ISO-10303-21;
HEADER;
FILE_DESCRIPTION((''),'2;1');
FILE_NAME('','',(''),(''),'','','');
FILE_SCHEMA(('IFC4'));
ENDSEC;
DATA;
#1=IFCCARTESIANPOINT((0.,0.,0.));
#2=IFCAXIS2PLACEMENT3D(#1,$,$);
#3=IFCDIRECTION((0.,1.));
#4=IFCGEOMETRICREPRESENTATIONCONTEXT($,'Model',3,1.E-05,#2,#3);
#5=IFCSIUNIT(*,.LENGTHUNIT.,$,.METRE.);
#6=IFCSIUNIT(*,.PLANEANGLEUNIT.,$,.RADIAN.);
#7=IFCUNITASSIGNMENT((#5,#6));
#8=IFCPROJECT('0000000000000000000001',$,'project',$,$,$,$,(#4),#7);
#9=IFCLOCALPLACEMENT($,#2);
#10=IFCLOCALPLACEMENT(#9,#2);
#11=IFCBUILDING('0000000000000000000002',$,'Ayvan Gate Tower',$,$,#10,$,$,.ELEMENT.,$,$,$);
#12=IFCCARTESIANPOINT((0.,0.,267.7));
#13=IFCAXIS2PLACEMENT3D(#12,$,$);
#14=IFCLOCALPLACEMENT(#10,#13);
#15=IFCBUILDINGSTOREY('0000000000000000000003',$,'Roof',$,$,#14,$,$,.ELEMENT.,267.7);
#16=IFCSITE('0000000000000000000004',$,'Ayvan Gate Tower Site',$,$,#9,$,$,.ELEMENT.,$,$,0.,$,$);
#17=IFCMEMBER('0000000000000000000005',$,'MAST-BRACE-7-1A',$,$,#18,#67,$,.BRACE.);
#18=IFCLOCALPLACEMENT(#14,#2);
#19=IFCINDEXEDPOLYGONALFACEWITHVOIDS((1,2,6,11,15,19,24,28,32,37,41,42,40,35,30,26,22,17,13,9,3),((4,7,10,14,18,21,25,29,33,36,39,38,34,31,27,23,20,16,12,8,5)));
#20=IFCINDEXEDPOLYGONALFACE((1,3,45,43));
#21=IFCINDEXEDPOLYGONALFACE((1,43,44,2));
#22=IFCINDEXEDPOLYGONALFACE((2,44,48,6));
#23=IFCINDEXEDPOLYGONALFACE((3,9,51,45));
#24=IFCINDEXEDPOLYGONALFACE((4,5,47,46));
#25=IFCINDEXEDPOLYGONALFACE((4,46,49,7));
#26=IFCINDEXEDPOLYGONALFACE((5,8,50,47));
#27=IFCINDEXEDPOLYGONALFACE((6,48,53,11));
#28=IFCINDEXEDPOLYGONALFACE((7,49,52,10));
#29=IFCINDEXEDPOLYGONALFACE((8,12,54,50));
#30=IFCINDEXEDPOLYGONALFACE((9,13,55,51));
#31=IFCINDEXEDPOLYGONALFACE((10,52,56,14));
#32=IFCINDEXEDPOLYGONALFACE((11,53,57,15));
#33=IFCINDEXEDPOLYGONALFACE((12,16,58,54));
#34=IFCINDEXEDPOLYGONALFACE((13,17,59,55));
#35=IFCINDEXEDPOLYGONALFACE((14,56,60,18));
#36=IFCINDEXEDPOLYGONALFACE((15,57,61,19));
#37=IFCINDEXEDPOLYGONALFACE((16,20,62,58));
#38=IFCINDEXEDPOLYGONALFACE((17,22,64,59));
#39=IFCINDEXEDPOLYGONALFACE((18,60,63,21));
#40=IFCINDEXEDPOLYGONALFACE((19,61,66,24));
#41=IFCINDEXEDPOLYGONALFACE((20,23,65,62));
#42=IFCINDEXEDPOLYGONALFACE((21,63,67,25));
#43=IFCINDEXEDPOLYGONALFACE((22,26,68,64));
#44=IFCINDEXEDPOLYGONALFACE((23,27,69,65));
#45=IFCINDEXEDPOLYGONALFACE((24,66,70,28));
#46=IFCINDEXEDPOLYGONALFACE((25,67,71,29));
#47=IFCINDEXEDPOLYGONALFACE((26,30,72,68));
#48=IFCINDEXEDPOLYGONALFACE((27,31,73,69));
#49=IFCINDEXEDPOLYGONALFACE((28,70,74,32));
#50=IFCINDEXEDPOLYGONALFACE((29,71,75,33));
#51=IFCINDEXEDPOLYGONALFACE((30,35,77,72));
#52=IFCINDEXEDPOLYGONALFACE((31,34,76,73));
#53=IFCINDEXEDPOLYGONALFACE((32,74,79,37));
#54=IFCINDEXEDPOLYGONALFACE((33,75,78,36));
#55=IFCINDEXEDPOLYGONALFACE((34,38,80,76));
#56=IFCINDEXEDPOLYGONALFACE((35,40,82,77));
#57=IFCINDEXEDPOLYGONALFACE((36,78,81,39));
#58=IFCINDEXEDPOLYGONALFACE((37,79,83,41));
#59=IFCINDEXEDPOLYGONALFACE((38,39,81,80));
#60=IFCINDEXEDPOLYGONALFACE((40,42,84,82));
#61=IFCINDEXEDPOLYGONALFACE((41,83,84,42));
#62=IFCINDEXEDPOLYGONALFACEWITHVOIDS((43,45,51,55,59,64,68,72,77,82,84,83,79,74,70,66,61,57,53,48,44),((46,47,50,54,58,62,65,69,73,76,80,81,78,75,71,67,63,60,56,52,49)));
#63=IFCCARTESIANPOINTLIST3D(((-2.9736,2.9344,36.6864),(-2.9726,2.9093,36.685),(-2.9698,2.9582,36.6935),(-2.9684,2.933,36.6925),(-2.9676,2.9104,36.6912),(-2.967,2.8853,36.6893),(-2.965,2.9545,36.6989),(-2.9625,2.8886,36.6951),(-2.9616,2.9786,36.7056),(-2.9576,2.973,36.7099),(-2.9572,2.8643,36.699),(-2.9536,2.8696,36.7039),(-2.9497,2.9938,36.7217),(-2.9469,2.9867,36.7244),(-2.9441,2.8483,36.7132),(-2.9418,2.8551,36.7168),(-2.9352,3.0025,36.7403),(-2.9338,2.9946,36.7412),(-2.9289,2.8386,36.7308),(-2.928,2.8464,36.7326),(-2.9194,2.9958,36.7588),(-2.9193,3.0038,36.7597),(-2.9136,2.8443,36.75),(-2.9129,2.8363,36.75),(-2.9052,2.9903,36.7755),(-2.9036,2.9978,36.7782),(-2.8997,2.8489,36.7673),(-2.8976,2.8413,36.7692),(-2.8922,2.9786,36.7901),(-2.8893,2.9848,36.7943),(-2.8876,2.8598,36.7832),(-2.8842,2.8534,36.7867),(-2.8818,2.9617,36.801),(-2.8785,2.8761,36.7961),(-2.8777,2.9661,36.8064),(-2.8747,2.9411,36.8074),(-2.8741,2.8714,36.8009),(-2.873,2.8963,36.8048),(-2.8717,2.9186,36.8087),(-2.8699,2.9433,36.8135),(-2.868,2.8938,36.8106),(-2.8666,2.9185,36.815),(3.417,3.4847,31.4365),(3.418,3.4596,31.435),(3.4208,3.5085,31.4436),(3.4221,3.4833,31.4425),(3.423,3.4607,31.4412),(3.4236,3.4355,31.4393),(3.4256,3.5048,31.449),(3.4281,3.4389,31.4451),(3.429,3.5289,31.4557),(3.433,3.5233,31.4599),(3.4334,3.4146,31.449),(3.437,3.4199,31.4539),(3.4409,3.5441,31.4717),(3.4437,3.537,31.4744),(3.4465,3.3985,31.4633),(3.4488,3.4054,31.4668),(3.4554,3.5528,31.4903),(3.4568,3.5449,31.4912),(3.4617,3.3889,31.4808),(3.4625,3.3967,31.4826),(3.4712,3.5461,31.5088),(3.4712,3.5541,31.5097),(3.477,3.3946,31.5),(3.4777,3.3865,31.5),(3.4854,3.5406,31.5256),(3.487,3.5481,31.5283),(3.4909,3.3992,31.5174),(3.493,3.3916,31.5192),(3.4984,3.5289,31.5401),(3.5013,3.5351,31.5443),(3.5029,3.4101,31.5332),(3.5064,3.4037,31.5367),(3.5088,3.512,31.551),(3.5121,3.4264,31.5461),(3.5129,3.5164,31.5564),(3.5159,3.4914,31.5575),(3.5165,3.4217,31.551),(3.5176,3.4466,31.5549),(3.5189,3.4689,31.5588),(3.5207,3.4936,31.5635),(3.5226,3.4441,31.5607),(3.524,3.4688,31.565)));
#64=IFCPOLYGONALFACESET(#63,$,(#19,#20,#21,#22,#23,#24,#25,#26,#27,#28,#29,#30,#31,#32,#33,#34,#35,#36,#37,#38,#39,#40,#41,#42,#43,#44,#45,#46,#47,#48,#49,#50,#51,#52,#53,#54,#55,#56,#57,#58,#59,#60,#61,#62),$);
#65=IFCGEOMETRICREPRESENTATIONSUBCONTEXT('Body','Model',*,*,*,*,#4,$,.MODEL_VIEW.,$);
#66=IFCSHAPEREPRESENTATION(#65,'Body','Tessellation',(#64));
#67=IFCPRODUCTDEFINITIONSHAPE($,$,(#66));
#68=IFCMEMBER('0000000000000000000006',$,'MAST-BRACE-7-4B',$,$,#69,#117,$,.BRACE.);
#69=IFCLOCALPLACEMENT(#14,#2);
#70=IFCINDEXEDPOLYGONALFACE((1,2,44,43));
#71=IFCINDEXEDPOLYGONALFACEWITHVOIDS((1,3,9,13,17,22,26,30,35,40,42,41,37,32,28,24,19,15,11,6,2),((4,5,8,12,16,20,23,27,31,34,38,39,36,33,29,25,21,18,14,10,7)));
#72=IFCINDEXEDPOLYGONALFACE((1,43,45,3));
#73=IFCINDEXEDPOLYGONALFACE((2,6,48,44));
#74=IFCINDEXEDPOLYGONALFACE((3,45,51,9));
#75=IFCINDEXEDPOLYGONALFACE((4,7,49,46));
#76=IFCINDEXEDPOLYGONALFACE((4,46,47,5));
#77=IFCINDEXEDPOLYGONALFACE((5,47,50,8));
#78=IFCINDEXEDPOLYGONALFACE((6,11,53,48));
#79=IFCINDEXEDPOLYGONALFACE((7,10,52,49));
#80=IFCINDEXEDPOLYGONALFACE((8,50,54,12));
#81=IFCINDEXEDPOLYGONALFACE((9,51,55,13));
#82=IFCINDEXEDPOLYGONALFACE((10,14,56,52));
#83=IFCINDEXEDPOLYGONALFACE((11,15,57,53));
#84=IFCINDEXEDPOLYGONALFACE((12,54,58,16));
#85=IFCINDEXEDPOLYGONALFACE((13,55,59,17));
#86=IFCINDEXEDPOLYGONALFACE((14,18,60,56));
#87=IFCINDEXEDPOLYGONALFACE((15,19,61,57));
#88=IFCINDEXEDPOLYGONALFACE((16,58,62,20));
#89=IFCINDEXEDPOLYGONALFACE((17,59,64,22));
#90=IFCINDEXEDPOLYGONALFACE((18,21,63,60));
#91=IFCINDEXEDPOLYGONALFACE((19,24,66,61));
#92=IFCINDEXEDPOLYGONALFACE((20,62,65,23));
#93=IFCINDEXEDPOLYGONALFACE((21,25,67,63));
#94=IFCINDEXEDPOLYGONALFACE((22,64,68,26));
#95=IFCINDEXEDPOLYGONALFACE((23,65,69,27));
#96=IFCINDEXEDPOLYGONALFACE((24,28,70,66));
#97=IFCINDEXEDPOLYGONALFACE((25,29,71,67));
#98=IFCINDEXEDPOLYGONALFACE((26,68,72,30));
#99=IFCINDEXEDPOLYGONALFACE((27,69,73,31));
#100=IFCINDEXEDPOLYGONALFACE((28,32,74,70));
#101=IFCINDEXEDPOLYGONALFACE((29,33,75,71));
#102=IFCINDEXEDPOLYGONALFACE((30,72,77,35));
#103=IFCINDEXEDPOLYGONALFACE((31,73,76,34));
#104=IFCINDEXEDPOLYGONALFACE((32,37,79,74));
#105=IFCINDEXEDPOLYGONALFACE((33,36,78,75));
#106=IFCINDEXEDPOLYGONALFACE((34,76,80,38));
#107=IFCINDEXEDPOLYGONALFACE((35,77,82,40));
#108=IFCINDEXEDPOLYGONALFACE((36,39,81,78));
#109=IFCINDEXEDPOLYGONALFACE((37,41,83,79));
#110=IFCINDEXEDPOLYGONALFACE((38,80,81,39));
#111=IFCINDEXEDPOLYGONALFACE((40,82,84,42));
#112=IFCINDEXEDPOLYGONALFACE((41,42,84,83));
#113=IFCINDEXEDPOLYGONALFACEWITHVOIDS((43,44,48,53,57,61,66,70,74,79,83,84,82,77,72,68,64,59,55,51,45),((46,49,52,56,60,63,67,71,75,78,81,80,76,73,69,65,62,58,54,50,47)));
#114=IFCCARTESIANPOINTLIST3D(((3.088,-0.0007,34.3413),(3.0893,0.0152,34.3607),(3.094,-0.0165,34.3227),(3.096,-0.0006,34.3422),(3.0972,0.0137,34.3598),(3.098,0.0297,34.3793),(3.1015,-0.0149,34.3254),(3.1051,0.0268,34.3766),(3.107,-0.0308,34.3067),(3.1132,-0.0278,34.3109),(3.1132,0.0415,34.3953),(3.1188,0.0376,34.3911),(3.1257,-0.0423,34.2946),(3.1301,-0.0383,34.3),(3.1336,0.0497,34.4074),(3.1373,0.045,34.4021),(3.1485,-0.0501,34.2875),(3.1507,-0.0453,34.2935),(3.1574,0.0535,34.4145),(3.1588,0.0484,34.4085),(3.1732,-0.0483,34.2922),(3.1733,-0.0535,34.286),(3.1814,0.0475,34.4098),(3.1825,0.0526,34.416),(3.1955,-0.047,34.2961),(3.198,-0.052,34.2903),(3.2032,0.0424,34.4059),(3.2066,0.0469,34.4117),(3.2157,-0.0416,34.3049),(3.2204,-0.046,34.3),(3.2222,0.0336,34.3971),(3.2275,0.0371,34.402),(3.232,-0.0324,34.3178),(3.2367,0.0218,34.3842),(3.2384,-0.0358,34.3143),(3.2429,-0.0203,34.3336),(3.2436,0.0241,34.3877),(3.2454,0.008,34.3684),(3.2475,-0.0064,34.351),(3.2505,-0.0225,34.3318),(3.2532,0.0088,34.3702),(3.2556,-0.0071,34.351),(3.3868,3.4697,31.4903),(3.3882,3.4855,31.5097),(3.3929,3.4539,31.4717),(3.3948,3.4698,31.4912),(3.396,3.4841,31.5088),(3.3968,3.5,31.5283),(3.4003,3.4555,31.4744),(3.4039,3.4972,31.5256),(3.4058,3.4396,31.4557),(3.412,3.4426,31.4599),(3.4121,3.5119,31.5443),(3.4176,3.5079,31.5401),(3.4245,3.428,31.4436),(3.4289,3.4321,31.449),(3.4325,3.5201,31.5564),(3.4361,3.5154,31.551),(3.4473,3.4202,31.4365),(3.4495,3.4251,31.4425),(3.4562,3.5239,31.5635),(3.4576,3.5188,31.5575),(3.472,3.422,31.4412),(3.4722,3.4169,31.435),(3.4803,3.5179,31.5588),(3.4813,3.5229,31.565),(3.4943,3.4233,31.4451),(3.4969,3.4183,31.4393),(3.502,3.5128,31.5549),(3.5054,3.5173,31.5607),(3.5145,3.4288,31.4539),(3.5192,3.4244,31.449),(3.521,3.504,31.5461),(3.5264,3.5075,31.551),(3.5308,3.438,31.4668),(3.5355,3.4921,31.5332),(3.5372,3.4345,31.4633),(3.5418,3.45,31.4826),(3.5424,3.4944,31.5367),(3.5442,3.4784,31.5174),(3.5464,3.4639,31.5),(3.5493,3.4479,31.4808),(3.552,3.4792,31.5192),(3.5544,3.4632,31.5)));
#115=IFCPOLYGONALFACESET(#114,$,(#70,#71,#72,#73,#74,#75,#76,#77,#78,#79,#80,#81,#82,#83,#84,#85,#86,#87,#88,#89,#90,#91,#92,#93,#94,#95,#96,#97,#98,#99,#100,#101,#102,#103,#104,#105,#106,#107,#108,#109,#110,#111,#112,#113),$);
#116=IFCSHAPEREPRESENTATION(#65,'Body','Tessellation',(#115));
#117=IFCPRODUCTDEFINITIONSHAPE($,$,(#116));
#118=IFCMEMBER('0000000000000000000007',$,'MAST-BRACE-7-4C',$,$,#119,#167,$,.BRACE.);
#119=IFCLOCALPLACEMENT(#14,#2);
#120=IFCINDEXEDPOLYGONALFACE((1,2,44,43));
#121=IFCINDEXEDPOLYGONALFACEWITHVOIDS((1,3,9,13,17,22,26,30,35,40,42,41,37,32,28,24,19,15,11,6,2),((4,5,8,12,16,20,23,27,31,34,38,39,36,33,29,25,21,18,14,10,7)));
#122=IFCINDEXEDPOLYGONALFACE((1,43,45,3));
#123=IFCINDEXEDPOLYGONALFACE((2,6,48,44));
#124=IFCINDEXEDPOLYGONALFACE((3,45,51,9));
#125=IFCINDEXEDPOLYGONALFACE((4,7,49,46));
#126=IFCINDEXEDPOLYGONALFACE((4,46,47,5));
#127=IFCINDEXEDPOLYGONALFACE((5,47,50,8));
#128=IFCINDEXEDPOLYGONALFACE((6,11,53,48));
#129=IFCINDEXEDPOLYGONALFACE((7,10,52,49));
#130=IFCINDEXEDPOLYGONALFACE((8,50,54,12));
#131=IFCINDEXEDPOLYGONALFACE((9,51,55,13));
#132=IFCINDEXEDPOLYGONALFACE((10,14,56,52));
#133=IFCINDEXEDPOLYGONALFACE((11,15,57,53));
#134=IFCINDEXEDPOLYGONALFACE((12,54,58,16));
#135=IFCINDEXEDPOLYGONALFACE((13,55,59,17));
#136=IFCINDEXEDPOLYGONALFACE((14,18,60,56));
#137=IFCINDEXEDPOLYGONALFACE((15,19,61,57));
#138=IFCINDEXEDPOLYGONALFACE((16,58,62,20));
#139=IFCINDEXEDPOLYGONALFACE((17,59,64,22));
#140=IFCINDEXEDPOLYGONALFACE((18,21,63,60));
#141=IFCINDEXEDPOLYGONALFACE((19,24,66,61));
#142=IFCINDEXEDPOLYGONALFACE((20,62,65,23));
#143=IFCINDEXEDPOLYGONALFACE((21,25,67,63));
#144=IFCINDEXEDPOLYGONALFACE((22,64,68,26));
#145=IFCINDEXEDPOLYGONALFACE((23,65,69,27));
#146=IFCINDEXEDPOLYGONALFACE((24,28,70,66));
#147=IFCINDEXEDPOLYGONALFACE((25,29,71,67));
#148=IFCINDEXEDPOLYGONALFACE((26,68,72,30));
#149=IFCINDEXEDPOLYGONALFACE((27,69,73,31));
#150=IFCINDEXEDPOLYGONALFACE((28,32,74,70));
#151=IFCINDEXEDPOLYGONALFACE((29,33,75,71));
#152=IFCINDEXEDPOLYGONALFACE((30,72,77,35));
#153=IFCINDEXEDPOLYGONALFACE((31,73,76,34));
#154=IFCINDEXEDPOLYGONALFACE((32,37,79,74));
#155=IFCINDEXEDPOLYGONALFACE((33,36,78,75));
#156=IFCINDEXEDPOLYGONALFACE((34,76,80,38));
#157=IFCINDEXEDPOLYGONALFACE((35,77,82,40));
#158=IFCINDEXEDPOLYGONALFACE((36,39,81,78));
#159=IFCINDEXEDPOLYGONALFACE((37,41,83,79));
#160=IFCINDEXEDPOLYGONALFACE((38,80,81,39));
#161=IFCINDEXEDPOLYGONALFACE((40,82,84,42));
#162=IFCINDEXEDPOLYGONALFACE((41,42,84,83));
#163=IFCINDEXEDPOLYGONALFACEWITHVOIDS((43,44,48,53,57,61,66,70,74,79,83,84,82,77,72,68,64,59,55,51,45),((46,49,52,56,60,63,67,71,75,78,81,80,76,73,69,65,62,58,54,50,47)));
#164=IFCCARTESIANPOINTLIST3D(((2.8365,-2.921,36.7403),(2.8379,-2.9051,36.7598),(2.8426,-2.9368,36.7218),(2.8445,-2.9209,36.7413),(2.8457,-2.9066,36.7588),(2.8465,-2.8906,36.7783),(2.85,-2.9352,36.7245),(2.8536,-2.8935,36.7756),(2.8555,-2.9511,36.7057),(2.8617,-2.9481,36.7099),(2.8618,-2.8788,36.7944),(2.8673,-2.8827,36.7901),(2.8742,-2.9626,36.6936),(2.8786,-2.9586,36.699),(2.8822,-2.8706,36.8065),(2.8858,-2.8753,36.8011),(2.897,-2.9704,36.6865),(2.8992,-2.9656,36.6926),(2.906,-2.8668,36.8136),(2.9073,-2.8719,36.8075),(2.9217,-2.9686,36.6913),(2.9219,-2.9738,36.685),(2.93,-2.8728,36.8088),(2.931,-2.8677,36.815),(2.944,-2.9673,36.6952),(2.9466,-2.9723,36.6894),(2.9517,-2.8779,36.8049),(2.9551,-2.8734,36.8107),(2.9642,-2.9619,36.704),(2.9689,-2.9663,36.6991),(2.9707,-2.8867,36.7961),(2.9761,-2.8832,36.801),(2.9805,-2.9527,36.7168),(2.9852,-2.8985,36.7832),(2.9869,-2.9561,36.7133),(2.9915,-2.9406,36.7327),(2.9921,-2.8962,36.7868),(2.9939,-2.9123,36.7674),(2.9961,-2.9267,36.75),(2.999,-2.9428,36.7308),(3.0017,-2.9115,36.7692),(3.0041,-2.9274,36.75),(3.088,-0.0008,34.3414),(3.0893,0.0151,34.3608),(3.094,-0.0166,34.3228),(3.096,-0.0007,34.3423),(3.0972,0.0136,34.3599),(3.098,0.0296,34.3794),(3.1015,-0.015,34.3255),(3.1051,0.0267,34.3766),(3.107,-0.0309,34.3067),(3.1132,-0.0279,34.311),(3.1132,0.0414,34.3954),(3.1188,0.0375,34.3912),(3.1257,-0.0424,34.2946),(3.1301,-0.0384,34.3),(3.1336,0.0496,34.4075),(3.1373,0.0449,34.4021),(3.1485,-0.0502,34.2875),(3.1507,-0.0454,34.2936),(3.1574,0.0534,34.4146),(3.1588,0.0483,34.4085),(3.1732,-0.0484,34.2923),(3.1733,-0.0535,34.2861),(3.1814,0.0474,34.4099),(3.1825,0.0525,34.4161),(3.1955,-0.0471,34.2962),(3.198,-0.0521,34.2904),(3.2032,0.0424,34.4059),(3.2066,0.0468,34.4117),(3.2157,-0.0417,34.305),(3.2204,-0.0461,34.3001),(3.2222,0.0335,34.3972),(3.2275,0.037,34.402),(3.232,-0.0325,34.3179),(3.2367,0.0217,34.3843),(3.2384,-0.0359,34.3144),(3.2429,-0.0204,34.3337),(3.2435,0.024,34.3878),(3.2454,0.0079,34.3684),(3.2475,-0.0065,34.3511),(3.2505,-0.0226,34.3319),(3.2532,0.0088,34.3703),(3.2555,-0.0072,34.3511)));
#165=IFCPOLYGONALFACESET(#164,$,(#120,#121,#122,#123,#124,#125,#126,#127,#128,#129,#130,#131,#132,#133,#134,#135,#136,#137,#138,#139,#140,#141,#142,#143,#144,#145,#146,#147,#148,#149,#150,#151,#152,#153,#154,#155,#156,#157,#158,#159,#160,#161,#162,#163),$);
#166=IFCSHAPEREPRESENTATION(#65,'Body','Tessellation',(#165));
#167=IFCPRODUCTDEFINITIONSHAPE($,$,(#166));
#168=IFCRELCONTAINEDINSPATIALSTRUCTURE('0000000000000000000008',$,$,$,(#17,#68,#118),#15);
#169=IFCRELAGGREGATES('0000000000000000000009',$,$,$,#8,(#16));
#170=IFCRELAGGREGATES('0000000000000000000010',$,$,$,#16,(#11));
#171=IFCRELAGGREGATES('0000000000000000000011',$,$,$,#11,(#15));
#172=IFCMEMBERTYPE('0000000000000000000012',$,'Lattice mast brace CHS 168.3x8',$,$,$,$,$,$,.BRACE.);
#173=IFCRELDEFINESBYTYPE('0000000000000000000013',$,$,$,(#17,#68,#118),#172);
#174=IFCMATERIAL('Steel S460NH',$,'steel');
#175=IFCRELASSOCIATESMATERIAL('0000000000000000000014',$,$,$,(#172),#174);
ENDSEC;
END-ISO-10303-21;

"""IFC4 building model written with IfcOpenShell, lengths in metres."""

from ifc_helpers import new_model, si_unit, direction, frame, origin, origin_2d, place, context, subcontext, project, spatial, hollow_circle, extrude, material, material_profile, profile_set, type_object, element, save


model = new_model("IFC4")

# Units and contexts
model_context = context("Model", 3, precision=1e-05, world=origin(), true_north=direction((0.0, 1.0)))
body_context = subcontext(model_context, "Body", "Model", "MODEL_VIEW")
ifc_project = project(units=[si_unit("LENGTHUNIT", "METRE"), si_unit("PLANEANGLEUNIT", "RADIAN")], contexts=[model_context])

# Site, building, storey
site_placement = place(None, origin())
site = spatial("IfcSite", under=ifc_project, at=site_placement, Name="Ayvan Gate Tower Site", CompositionType="ELEMENT", RefElevation=0.0)
building_placement = place(site_placement, origin())
building = spatial("IfcBuilding", under=site, at=building_placement, Name="Ayvan Gate Tower", CompositionType="ELEMENT")
storey_placement = place(building_placement, frame((0.0, 0.0, 267.7)))
storey = spatial("IfcBuildingStorey", under=building, at=storey_placement, Name="Roof", CompositionType="ELEMENT", Elevation=267.7)

# Members
ifc_material_1 = material(Name="Steel S460NH", Category="steel")
ifc_material_profile_1 = material_profile(ifc_material_1, hollow_circle(Radius=0.0842, WallThickness=0.0081, at=origin_2d()), Name="CHS 168.3x8")
ifc_profile_set_1 = profile_set([ifc_material_profile_1], Name="Steel S460NH")
member_type_1 = type_object("IfcMemberType", Name="Lattice mast brace CHS 168.3x8", PredefinedType="BRACE", material=ifc_profile_set_1)
member_1_placement = place(storey_placement, frame((3.4705, 3.4705, 31.5), z_axis=(-0.770988, -0.066389, 0.633379), x_axis=(0.085792, -0.996313, 0.0)))
element("IfcMember", 1, at=member_1_placement, inside=storey, type_object=member_type_1, Name="MAST-BRACE-7-1A", PredefinedType="BRACE", context=body_context, shape_type="SweptSolid", body=[
    extrude(hollow_circle(Radius=0.0842, WallThickness=0.0081, at=origin_2d()), origin(), (0.0, 0.0, 1.0), 8.2888),
])
member_2_placement = place(storey_placement, frame((3.4705, 3.4705, 31.5), z_axis=(-0.066387, -0.770985, 0.633384), x_axis=(0.996313, -0.085789, 0.0)))
element("IfcMember", 2, at=member_2_placement, inside=storey, type_object=member_type_1, Name="MAST-BRACE-7-4B", PredefinedType="BRACE", context=body_context, shape_type="SweptSolid", body=[
    extrude(hollow_circle(Radius=0.0842, WallThickness=0.0081, at=origin_2d()), origin(), (0.0, 0.0, 1.0), 4.5012),
])
member_3_placement = place(storey_placement, frame((3.1716, 0.0, 34.3511), z_axis=(-0.066393, -0.770993, 0.633373), x_axis=(0.996313, -0.085796, 0.0)))
element("IfcMember", 3, at=member_3_placement, inside=storey, type_object=member_type_1, Name="MAST-BRACE-7-4C", PredefinedType="BRACE", context=body_context, shape_type="SweptSolid", body=[
    extrude(hollow_circle(Radius=0.0842, WallThickness=0.0081, at=origin_2d()), origin(), (0.0, 0.0, 1.0), 3.7876),
])

save(model, "model.ifc")
